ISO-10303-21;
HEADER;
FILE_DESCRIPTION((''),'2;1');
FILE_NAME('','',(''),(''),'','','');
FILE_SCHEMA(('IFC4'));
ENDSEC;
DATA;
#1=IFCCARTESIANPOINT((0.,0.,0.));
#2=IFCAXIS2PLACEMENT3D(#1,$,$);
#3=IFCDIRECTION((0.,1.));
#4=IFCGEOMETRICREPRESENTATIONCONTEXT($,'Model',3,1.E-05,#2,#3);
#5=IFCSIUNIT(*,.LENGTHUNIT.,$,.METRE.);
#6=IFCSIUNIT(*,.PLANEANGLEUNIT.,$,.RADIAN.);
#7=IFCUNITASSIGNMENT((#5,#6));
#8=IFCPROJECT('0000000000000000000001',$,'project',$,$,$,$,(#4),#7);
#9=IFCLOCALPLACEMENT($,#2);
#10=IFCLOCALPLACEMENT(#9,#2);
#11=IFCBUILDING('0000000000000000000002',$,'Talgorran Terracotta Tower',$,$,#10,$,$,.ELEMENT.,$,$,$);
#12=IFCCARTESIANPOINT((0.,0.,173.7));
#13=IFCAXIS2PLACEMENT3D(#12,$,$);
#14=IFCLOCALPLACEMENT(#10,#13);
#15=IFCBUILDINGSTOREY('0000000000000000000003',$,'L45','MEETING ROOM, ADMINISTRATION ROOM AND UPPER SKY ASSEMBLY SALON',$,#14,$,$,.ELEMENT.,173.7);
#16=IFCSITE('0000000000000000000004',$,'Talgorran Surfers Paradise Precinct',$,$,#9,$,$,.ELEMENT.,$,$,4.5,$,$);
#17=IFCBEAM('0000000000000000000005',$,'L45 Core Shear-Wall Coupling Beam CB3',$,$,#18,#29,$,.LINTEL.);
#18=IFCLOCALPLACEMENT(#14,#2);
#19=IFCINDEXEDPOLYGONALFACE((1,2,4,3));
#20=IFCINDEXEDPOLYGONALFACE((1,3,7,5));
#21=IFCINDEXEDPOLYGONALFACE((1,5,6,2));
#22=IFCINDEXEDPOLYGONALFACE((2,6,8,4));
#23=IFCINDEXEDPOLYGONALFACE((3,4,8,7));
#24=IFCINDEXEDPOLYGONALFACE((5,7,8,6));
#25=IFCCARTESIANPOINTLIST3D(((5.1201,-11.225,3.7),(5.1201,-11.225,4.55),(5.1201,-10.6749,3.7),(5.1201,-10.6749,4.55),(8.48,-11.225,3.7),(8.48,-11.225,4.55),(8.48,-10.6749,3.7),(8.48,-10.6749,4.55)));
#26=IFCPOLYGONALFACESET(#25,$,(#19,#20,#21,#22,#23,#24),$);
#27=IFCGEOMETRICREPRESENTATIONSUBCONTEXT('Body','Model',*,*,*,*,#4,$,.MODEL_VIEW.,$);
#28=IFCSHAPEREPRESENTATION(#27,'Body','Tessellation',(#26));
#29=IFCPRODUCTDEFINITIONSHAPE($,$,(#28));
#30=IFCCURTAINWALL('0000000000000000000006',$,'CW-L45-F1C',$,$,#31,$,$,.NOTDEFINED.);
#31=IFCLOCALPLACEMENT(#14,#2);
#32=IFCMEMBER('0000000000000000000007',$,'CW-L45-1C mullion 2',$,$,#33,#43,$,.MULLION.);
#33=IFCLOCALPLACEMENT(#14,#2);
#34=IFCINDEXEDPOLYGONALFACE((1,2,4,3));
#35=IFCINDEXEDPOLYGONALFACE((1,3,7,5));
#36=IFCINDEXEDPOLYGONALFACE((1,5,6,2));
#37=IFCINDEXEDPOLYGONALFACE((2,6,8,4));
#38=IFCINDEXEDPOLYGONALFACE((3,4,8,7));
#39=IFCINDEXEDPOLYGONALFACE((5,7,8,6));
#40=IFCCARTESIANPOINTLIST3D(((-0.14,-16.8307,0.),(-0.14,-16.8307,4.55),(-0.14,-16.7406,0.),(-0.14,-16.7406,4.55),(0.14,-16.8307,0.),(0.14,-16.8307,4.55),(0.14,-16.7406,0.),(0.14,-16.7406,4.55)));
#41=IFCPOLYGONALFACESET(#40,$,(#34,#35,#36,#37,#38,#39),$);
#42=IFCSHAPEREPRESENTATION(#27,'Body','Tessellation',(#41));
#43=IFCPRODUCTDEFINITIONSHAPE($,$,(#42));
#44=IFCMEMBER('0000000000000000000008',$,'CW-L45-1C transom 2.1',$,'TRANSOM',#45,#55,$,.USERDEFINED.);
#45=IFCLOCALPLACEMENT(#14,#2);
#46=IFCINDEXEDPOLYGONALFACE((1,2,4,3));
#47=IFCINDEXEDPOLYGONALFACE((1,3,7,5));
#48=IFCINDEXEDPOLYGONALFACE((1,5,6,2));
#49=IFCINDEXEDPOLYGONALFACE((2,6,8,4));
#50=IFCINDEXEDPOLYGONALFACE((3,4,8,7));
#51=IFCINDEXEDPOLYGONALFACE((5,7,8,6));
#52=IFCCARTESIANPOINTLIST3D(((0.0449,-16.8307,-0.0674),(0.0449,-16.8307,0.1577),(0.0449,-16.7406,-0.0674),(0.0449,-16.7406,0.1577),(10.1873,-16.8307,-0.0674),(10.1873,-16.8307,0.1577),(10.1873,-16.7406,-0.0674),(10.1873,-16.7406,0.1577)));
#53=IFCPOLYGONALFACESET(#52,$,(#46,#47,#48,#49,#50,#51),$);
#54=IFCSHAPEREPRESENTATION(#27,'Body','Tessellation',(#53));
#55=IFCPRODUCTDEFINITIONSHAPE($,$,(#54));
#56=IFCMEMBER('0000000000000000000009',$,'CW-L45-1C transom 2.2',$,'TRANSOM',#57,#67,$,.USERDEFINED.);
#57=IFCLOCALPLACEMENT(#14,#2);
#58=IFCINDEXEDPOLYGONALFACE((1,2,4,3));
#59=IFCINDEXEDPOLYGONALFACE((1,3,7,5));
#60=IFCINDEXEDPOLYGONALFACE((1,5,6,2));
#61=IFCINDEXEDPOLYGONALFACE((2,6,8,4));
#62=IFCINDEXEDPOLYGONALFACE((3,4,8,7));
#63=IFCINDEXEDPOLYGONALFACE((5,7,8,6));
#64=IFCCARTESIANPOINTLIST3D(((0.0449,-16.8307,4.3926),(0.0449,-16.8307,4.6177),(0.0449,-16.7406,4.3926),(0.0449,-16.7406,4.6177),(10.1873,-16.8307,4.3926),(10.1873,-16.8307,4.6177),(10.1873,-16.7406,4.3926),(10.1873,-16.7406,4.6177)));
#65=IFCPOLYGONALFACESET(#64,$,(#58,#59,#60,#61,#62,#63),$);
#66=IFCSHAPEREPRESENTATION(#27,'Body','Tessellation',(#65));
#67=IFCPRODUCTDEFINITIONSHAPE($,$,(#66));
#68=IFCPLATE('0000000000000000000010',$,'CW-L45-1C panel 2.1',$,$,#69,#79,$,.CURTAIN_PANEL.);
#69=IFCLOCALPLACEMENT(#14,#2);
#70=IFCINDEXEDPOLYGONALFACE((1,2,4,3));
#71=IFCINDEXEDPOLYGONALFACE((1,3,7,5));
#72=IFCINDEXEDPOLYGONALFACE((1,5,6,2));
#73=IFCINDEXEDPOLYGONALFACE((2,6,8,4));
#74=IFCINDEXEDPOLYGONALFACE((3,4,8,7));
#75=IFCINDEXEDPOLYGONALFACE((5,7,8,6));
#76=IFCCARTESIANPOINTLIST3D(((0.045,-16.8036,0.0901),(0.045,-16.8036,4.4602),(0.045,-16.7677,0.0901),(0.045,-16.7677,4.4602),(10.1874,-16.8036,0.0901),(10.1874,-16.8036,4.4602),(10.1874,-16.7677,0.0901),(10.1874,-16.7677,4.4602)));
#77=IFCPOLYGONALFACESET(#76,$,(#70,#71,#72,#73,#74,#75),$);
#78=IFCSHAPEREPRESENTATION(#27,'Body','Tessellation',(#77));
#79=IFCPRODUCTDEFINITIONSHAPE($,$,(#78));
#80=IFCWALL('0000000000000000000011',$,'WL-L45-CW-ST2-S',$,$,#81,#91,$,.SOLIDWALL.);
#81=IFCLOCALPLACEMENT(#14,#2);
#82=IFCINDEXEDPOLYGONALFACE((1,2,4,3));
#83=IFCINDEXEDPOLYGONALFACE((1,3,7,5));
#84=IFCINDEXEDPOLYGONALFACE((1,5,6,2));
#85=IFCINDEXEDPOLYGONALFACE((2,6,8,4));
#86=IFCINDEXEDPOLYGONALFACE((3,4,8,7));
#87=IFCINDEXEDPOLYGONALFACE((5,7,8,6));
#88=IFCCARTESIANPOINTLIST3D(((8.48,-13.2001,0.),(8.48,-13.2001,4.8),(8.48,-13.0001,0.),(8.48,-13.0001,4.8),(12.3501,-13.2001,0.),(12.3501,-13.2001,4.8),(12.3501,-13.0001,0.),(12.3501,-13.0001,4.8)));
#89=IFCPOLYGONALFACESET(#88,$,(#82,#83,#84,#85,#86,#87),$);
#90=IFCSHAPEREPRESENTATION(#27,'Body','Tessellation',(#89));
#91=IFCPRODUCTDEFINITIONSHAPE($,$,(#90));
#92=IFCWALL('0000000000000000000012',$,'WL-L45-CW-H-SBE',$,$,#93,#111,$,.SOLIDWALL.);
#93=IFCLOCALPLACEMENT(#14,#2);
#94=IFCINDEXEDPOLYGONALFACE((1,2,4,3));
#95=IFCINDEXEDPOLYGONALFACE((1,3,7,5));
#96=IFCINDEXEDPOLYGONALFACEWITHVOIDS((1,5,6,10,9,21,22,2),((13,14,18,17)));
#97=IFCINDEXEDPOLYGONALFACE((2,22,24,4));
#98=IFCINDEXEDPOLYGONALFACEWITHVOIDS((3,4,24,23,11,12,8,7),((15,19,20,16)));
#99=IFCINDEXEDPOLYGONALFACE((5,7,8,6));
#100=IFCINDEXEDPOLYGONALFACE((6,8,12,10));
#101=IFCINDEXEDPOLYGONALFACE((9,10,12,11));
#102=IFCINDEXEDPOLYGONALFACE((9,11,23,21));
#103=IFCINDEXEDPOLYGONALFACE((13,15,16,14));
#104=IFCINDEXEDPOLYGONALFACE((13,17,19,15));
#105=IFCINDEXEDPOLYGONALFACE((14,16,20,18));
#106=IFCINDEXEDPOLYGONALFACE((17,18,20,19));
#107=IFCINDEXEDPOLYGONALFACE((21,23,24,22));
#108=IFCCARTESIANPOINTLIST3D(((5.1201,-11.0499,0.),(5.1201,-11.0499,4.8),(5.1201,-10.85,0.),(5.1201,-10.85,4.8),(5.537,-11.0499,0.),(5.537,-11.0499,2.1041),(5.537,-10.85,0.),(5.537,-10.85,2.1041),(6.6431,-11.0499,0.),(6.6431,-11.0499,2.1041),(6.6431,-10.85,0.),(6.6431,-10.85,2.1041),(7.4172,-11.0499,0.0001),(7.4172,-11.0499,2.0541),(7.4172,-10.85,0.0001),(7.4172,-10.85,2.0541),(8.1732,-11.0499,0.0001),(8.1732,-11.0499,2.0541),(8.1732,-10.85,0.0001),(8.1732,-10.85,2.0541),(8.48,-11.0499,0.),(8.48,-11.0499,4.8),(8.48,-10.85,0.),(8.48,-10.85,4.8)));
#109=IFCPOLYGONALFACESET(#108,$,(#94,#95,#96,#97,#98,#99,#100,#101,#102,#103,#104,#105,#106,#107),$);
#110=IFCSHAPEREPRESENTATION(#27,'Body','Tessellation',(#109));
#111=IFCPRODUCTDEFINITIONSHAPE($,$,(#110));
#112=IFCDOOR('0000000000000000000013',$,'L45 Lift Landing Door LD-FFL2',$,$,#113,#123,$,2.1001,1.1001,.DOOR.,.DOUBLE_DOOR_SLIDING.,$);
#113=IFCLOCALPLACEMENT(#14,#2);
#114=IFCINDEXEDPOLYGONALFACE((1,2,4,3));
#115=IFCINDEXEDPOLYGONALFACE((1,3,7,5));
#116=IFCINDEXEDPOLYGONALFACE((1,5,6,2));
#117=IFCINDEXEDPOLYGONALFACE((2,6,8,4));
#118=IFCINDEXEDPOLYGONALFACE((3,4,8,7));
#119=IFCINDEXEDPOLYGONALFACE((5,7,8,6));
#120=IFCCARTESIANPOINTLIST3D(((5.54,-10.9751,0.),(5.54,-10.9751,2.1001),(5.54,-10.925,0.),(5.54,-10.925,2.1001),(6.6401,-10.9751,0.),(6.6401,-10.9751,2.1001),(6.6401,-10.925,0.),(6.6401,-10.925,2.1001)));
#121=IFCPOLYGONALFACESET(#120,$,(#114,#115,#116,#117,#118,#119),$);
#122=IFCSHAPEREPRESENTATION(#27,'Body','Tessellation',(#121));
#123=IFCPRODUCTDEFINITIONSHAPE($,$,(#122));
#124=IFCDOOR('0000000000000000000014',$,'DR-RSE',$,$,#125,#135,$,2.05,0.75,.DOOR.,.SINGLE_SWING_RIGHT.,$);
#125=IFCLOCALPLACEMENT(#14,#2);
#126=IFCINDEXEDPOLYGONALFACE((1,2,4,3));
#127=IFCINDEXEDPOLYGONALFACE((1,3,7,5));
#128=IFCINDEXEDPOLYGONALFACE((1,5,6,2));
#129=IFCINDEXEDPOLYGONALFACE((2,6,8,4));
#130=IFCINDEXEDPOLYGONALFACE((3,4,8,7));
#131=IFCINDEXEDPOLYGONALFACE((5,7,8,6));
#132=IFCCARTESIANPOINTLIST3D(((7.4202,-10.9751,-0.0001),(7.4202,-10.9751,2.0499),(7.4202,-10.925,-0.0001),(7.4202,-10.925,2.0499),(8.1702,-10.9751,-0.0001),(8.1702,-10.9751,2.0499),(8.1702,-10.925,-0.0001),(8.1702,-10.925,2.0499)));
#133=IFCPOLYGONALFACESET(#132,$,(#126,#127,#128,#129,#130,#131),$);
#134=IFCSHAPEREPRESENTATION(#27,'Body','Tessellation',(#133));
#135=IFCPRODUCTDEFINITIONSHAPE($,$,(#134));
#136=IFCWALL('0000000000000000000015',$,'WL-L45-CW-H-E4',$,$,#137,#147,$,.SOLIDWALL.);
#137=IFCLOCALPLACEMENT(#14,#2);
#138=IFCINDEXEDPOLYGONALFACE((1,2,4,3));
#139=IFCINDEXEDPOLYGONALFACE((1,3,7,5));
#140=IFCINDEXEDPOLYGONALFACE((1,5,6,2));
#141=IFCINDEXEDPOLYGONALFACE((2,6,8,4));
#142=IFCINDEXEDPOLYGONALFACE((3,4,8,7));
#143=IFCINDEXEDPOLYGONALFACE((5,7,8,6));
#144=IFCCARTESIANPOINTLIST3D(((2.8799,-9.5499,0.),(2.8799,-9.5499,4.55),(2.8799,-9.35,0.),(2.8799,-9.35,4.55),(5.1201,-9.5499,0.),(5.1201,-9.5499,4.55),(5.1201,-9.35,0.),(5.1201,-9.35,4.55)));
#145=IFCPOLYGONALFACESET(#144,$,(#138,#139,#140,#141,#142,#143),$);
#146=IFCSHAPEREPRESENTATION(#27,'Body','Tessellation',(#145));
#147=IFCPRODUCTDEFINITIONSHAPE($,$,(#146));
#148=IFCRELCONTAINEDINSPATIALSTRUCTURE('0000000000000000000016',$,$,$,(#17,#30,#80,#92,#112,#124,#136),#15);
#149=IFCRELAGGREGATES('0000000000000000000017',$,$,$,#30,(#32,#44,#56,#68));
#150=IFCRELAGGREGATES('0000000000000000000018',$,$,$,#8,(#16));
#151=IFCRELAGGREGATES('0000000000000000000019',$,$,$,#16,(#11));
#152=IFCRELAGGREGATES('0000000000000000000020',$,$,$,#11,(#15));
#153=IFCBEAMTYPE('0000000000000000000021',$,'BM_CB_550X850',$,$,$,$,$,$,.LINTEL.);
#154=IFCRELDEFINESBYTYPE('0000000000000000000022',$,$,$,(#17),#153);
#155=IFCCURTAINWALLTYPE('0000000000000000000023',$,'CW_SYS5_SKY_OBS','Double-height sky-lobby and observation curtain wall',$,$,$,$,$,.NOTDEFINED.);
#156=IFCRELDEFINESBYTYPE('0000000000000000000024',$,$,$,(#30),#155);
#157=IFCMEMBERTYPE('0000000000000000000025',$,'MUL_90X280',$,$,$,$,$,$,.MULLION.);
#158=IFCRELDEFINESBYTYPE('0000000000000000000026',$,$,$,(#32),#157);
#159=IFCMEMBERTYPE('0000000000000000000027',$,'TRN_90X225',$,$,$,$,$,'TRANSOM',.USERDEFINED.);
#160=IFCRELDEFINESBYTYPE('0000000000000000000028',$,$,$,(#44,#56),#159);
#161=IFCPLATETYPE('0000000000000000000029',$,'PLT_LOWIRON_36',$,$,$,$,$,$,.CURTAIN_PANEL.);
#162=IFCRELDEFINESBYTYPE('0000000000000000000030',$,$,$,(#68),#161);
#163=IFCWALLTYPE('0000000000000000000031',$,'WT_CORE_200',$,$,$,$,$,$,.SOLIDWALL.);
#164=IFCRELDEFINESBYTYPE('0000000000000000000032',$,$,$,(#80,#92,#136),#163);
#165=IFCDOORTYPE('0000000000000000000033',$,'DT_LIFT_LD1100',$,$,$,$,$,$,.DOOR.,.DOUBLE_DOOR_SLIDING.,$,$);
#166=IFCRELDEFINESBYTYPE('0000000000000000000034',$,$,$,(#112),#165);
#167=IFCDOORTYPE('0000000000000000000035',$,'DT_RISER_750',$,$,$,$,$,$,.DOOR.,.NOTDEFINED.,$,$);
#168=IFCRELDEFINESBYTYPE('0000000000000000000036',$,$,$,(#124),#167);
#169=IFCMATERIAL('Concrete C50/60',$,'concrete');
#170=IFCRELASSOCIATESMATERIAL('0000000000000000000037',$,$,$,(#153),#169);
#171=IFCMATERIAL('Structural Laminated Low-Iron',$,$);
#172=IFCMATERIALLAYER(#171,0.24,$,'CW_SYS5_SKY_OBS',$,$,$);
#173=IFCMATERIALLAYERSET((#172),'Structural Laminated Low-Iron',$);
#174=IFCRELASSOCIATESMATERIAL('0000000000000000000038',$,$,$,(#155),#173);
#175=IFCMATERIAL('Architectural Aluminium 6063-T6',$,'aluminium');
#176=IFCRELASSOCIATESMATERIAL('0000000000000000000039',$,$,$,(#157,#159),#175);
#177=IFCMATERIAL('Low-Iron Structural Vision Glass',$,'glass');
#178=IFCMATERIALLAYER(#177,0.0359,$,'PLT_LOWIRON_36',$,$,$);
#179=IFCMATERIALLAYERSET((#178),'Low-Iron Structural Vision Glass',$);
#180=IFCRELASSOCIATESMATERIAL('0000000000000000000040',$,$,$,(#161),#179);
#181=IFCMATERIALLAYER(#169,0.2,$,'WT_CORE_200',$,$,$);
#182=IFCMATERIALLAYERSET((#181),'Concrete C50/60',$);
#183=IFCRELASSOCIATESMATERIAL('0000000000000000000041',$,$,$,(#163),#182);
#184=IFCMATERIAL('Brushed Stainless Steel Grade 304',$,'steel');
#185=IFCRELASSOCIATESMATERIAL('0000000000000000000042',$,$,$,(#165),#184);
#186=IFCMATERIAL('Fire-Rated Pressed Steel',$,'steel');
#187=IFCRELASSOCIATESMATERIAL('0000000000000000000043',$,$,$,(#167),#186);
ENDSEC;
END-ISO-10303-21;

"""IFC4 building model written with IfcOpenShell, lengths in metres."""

from ifc_helpers import new_model, si_unit, direction, frame, frame_2d, origin, origin_2d, place, context, subcontext, project, spatial, rectangle, extrude, source, transform, mapped, material, layer, layer_set, material_profile, profile_set, type_object, type_shapes, element, fill, aggregate, save


model = new_model("IFC4")

# Units and contexts
model_context = context("Model", 3, precision=1e-05, world=origin(), true_north=direction((0.0, 1.0)))
body_context = subcontext(model_context, "Body", "Model", "MODEL_VIEW")
ifc_project = project(units=[si_unit("LENGTHUNIT", "METRE"), si_unit("PLANEANGLEUNIT", "RADIAN")], contexts=[model_context])

# Site, building, storey
site_placement = place(None, origin())
site = spatial("IfcSite", under=ifc_project, at=site_placement, Name="Talgorran Surfers Paradise Precinct", CompositionType="ELEMENT", RefElevation=4.5)
building_placement = place(site_placement, origin())
building = spatial("IfcBuilding", under=site, at=building_placement, Name="Talgorran Terracotta Tower", CompositionType="ELEMENT")
storey_placement = place(building_placement, frame((0.0, 0.0, 173.7)))
storey = spatial("IfcBuildingStorey", under=building, at=storey_placement, Name="L45", Description="MEETING ROOM, ADMINISTRATION ROOM AND UPPER SKY ASSEMBLY SALON", CompositionType="ELEMENT", Elevation=173.7)

# Beam
ifc_material_1 = material(Name="Concrete C50/60", Category="concrete")
ifc_material_profile_1 = material_profile(ifc_material_1, rectangle(XDim=0.55, YDim=0.8501, at=origin_2d()), Name="RCCB550X850")
ifc_profile_set_1 = profile_set([ifc_material_profile_1], Name="Concrete C50/60")
beam_type = type_object("IfcBeamType", Name="BM_CB_550X850", PredefinedType="LINTEL", material=ifc_profile_set_1)
beam_placement = place(storey_placement, frame((5.1201, -10.95, 4.125), z_axis=(1.0, 0.0, 0.0), x_axis=(0.0, 1.0, 0.0)))
element("IfcBeam", 1, at=beam_placement, inside=storey, type_object=beam_type, Name="L45 Core Shear-Wall Coupling Beam CB3", PredefinedType="LINTEL", context=body_context, shape_type="SweptSolid", body=[
    extrude(rectangle(XDim=0.55, YDim=0.8501, at=origin_2d()), origin(), (0.0, 0.0, 1.0), 3.3599),
])

# Curtain wall, members, plate
ifc_material_2 = material(Name="Structural Laminated Low-Iron")
ifc_layer_1 = layer(ifc_material_2, 0.24, Name="CW_SYS5_SKY_OBS")
ifc_layer_set_1 = layer_set([ifc_layer_1], Name="Structural Laminated Low-Iron")
curtain_wall_type = type_object("IfcCurtainWallType", Name="CW_SYS5_SKY_OBS", Description="Double-height sky-lobby and observation curtain wall", PredefinedType="NOTDEFINED", material=ifc_layer_set_1)
curtain_wall_placement = place(storey_placement, origin())
curtain_wall = element("IfcCurtainWall", 2, at=curtain_wall_placement, inside=storey, type_object=curtain_wall_type, Name="CW-L45-F1C", PredefinedType="NOTDEFINED")
ifc_material_3 = material(Name="Architectural Aluminium 6063-T6", Category="aluminium")
ifc_material_profile_2 = material_profile(ifc_material_3, rectangle(XDim=0.0901, YDim=0.28, at=origin_2d()), Name="CWM90X280")
ifc_profile_set_2 = profile_set([ifc_material_profile_2], Name="Architectural Aluminium 6063-T6")
member_type_1 = type_object("IfcMemberType", Name="MUL_90X280", PredefinedType="MULLION", material=ifc_profile_set_2)
member_1_placement = place(storey_placement, frame((0.0, -16.7856, 0.0), z_axis=(0.0, 0.0, 1.0), x_axis=(0.0, 1.0, 0.0)))
member_1 = element("IfcMember", 3, at=member_1_placement, type_object=member_type_1, Name="CW-L45-1C mullion 2", PredefinedType="MULLION", context=body_context, shape_type="SweptSolid", body=[
    extrude(rectangle(XDim=0.0901, YDim=0.28, at=origin_2d()), origin(), (0.0, 0.0, 1.0), 4.55),
])
ifc_material_profile_3 = material_profile(ifc_material_3, rectangle(XDim=0.0901, YDim=0.2251, at=origin_2d()), Name="CWT90X225")
ifc_profile_set_3 = profile_set([ifc_material_profile_3], Name="Architectural Aluminium 6063-T6")
member_type_2 = type_object("IfcMemberType", Name="TRN_90X225", ElementType="TRANSOM", PredefinedType="USERDEFINED", material=ifc_profile_set_3)
member_2_placement = place(storey_placement, frame((0.0449, -16.7856, 0.0452), z_axis=(1.0, 0.0, 0.0), x_axis=(0.0, 1.0, 0.0)))
member_2 = element("IfcMember", 4, at=member_2_placement, type_object=member_type_2, Name="CW-L45-1C transom 2.1", ObjectType="TRANSOM", PredefinedType="USERDEFINED", context=body_context, shape_type="SweptSolid", body=[
    extrude(rectangle(XDim=0.0901, YDim=0.2251, at=origin_2d()), origin(), (0.0, 0.0, 1.0), 10.1423),
])
member_3_placement = place(storey_placement, frame((0.0449, -16.7856, 4.5051), z_axis=(1.0, 0.0, 0.0), x_axis=(0.0, 1.0, 0.0)))
member_3 = element("IfcMember", 5, at=member_3_placement, type_object=member_type_2, Name="CW-L45-1C transom 2.2", ObjectType="TRANSOM", PredefinedType="USERDEFINED", context=body_context, shape_type="SweptSolid", body=[
    extrude(rectangle(XDim=0.0901, YDim=0.2251, at=origin_2d()), origin(), (0.0, 0.0, 1.0), 10.1423),
])
ifc_material_4 = material(Name="Low-Iron Structural Vision Glass", Category="glass")
ifc_layer_2 = layer(ifc_material_4, 0.0359, Name="PLT_LOWIRON_36")
ifc_layer_set_2 = layer_set([ifc_layer_2], Name="Low-Iron Structural Vision Glass")
plate_type = type_object("IfcPlateType", Name="PLT_LOWIRON_36", PredefinedType="CURTAIN_PANEL", material=ifc_layer_set_2)
shared_shape = source(origin(), body_context, "Body", "SweptSolid", [
    extrude(rectangle(XDim=10.1423, YDim=0.0359, at=origin_2d()), origin(), (0.0, 0.0, 1.0), 4.3701),
])
type_shapes(plate_type, [shared_shape])
plate_placement = place(storey_placement, frame((5.1162, -16.7856, 0.0901), z_axis=(0.0, 0.0, 1.0), x_axis=(1.0, 0.0, 0.0)))
plate = element("IfcPlate", 6, at=plate_placement, type_object=plate_type, Name="CW-L45-1C panel 2.1", PredefinedType="CURTAIN_PANEL", context=body_context, shape_type="MappedRepresentation", body=[
    mapped(shared_shape, transform((0.0, 0.0, 0.0), scale=1.0)),
])
aggregate(curtain_wall, [member_1, member_2, member_3, plate])

# Wall
ifc_layer_3 = layer(ifc_material_1, 0.2, Name="WT_CORE_200")
ifc_layer_set_3 = layer_set([ifc_layer_3], Name="Concrete C50/60")
wall_type_1 = type_object("IfcWallType", Name="WT_CORE_200", PredefinedType="SOLIDWALL", material=ifc_layer_set_3)
wall_1_placement = place(storey_placement, frame((8.48, -13.1001, 0.0), z_axis=(0.0, 0.0, 1.0), x_axis=(1.0, 0.0, 0.0)))
element("IfcWall", 7, at=wall_1_placement, inside=storey, type_object=wall_type_1, Name="WL-L45-CW-ST2-S", PredefinedType="SOLIDWALL", context=body_context, shape_type="SweptSolid", body=[
    extrude(rectangle(XDim=3.8701, YDim=0.2, at=frame_2d((1.9351, 0.0))), origin(), (0.0, 0.0, 1.0), 4.8),
])

# Wall, openings, doors
wall_2_placement = place(storey_placement, frame((5.1201, -10.95, 0.0), z_axis=(0.0, 0.0, 1.0), x_axis=(1.0, 0.0, 0.0)))
wall_2 = element("IfcWall", 8, at=wall_2_placement, inside=storey, type_object=wall_type_1, Name="WL-L45-CW-H-SBE", PredefinedType="SOLIDWALL", context=body_context, shape_type="SweptSolid", body=[
    extrude(rectangle(XDim=3.3599, YDim=0.2, at=frame_2d((1.6799, 0.0))), origin(), (0.0, 0.0, 1.0), 4.8),
])
opening_1_placement = place(wall_2_placement, frame((0.4199, 0.0, 0.0)))
opening_1 = element("IfcOpeningElement", 9, at=opening_1_placement, cuts=wall_2, PredefinedType="OPENING", context=body_context, shape_type="SweptSolid", body=[
    extrude(rectangle(XDim=1.1061, YDim=2.1041, at=frame_2d((0.55, 1.052))), frame((0.0, 0.1099, 0.0), z_axis=(0.0, -1.0, 0.0), x_axis=(1.0, 0.0, 0.0)), (0.0, 0.0, 1.0), 0.22),
])
opening_2_placement = place(wall_2_placement, frame((2.3, 0.0, 0.0)))
opening_2 = element("IfcOpeningElement", 10, at=opening_2_placement, cuts=wall_2, PredefinedType="OPENING", context=body_context, shape_type="SweptSolid", body=[
    extrude(rectangle(XDim=0.756, YDim=2.054, at=frame_2d((0.375, 1.0271))), frame((0.0, 0.1099, 0.0), z_axis=(0.0, -1.0, 0.0), x_axis=(1.0, 0.0, 0.0)), (0.0, 0.0, 1.0), 0.22),
])
ifc_material_5 = material(Name="Brushed Stainless Steel Grade 304", Category="steel")
door_type_1 = type_object("IfcDoorType", Name="DT_LIFT_LD1100", OperationType="DOUBLE_DOOR_SLIDING", PredefinedType="DOOR", material=ifc_material_5)
door_1_placement = place(opening_1_placement, origin())
door_1 = element("IfcDoor", 11, at=door_1_placement, inside=storey, type_object=door_type_1, Name="L45 Lift Landing Door LD-FFL2", OperationType="DOUBLE_DOOR_SLIDING", OverallHeight=2.1001, OverallWidth=1.1001, PredefinedType="DOOR", context=body_context, shape_type="SweptSolid", body=[
    extrude(rectangle(XDim=1.1001, YDim=2.1001, at=frame_2d((0.55, 1.05))), frame((0.0, 0.0249, 0.0), z_axis=(0.0, -1.0, 0.0), x_axis=(1.0, 0.0, 0.0)), (0.0, 0.0, 1.0), 0.05),
])
fill(opening_1, door_1)
ifc_material_6 = material(Name="Fire-Rated Pressed Steel", Category="steel")
door_type_2 = type_object("IfcDoorType", Name="DT_RISER_750", OperationType="NOTDEFINED", PredefinedType="DOOR", material=ifc_material_6)
door_2_placement = place(opening_2_placement, origin())
door_2 = element("IfcDoor", 12, at=door_2_placement, inside=storey, type_object=door_type_2, Name="DR-RSE", OperationType="SINGLE_SWING_RIGHT", OverallHeight=2.05, OverallWidth=0.75, PredefinedType="DOOR", context=body_context, shape_type="SweptSolid", body=[
    extrude(rectangle(XDim=0.75, YDim=2.05, at=frame_2d((0.375, 1.0249))), frame((0.0, 0.0249, 0.0), z_axis=(0.0, -1.0, 0.0), x_axis=(1.0, 0.0, 0.0)), (0.0, 0.0, 1.0), 0.05),
])
fill(opening_2, door_2)

# Wall
wall_3_placement = place(storey_placement, frame((2.8799, -9.45, 0.0), z_axis=(0.0, 0.0, 1.0), x_axis=(1.0, 0.0, 0.0)))
element("IfcWall", 13, at=wall_3_placement, inside=storey, type_object=wall_type_1, Name="WL-L45-CW-H-E4", PredefinedType="SOLIDWALL", context=body_context, shape_type="SweptSolid", body=[
    extrude(rectangle(XDim=2.2402, YDim=0.2, at=frame_2d((1.1201, 0.0))), origin(), (0.0, 0.0, 1.0), 4.55),
])

save(model, "model.ifc")
